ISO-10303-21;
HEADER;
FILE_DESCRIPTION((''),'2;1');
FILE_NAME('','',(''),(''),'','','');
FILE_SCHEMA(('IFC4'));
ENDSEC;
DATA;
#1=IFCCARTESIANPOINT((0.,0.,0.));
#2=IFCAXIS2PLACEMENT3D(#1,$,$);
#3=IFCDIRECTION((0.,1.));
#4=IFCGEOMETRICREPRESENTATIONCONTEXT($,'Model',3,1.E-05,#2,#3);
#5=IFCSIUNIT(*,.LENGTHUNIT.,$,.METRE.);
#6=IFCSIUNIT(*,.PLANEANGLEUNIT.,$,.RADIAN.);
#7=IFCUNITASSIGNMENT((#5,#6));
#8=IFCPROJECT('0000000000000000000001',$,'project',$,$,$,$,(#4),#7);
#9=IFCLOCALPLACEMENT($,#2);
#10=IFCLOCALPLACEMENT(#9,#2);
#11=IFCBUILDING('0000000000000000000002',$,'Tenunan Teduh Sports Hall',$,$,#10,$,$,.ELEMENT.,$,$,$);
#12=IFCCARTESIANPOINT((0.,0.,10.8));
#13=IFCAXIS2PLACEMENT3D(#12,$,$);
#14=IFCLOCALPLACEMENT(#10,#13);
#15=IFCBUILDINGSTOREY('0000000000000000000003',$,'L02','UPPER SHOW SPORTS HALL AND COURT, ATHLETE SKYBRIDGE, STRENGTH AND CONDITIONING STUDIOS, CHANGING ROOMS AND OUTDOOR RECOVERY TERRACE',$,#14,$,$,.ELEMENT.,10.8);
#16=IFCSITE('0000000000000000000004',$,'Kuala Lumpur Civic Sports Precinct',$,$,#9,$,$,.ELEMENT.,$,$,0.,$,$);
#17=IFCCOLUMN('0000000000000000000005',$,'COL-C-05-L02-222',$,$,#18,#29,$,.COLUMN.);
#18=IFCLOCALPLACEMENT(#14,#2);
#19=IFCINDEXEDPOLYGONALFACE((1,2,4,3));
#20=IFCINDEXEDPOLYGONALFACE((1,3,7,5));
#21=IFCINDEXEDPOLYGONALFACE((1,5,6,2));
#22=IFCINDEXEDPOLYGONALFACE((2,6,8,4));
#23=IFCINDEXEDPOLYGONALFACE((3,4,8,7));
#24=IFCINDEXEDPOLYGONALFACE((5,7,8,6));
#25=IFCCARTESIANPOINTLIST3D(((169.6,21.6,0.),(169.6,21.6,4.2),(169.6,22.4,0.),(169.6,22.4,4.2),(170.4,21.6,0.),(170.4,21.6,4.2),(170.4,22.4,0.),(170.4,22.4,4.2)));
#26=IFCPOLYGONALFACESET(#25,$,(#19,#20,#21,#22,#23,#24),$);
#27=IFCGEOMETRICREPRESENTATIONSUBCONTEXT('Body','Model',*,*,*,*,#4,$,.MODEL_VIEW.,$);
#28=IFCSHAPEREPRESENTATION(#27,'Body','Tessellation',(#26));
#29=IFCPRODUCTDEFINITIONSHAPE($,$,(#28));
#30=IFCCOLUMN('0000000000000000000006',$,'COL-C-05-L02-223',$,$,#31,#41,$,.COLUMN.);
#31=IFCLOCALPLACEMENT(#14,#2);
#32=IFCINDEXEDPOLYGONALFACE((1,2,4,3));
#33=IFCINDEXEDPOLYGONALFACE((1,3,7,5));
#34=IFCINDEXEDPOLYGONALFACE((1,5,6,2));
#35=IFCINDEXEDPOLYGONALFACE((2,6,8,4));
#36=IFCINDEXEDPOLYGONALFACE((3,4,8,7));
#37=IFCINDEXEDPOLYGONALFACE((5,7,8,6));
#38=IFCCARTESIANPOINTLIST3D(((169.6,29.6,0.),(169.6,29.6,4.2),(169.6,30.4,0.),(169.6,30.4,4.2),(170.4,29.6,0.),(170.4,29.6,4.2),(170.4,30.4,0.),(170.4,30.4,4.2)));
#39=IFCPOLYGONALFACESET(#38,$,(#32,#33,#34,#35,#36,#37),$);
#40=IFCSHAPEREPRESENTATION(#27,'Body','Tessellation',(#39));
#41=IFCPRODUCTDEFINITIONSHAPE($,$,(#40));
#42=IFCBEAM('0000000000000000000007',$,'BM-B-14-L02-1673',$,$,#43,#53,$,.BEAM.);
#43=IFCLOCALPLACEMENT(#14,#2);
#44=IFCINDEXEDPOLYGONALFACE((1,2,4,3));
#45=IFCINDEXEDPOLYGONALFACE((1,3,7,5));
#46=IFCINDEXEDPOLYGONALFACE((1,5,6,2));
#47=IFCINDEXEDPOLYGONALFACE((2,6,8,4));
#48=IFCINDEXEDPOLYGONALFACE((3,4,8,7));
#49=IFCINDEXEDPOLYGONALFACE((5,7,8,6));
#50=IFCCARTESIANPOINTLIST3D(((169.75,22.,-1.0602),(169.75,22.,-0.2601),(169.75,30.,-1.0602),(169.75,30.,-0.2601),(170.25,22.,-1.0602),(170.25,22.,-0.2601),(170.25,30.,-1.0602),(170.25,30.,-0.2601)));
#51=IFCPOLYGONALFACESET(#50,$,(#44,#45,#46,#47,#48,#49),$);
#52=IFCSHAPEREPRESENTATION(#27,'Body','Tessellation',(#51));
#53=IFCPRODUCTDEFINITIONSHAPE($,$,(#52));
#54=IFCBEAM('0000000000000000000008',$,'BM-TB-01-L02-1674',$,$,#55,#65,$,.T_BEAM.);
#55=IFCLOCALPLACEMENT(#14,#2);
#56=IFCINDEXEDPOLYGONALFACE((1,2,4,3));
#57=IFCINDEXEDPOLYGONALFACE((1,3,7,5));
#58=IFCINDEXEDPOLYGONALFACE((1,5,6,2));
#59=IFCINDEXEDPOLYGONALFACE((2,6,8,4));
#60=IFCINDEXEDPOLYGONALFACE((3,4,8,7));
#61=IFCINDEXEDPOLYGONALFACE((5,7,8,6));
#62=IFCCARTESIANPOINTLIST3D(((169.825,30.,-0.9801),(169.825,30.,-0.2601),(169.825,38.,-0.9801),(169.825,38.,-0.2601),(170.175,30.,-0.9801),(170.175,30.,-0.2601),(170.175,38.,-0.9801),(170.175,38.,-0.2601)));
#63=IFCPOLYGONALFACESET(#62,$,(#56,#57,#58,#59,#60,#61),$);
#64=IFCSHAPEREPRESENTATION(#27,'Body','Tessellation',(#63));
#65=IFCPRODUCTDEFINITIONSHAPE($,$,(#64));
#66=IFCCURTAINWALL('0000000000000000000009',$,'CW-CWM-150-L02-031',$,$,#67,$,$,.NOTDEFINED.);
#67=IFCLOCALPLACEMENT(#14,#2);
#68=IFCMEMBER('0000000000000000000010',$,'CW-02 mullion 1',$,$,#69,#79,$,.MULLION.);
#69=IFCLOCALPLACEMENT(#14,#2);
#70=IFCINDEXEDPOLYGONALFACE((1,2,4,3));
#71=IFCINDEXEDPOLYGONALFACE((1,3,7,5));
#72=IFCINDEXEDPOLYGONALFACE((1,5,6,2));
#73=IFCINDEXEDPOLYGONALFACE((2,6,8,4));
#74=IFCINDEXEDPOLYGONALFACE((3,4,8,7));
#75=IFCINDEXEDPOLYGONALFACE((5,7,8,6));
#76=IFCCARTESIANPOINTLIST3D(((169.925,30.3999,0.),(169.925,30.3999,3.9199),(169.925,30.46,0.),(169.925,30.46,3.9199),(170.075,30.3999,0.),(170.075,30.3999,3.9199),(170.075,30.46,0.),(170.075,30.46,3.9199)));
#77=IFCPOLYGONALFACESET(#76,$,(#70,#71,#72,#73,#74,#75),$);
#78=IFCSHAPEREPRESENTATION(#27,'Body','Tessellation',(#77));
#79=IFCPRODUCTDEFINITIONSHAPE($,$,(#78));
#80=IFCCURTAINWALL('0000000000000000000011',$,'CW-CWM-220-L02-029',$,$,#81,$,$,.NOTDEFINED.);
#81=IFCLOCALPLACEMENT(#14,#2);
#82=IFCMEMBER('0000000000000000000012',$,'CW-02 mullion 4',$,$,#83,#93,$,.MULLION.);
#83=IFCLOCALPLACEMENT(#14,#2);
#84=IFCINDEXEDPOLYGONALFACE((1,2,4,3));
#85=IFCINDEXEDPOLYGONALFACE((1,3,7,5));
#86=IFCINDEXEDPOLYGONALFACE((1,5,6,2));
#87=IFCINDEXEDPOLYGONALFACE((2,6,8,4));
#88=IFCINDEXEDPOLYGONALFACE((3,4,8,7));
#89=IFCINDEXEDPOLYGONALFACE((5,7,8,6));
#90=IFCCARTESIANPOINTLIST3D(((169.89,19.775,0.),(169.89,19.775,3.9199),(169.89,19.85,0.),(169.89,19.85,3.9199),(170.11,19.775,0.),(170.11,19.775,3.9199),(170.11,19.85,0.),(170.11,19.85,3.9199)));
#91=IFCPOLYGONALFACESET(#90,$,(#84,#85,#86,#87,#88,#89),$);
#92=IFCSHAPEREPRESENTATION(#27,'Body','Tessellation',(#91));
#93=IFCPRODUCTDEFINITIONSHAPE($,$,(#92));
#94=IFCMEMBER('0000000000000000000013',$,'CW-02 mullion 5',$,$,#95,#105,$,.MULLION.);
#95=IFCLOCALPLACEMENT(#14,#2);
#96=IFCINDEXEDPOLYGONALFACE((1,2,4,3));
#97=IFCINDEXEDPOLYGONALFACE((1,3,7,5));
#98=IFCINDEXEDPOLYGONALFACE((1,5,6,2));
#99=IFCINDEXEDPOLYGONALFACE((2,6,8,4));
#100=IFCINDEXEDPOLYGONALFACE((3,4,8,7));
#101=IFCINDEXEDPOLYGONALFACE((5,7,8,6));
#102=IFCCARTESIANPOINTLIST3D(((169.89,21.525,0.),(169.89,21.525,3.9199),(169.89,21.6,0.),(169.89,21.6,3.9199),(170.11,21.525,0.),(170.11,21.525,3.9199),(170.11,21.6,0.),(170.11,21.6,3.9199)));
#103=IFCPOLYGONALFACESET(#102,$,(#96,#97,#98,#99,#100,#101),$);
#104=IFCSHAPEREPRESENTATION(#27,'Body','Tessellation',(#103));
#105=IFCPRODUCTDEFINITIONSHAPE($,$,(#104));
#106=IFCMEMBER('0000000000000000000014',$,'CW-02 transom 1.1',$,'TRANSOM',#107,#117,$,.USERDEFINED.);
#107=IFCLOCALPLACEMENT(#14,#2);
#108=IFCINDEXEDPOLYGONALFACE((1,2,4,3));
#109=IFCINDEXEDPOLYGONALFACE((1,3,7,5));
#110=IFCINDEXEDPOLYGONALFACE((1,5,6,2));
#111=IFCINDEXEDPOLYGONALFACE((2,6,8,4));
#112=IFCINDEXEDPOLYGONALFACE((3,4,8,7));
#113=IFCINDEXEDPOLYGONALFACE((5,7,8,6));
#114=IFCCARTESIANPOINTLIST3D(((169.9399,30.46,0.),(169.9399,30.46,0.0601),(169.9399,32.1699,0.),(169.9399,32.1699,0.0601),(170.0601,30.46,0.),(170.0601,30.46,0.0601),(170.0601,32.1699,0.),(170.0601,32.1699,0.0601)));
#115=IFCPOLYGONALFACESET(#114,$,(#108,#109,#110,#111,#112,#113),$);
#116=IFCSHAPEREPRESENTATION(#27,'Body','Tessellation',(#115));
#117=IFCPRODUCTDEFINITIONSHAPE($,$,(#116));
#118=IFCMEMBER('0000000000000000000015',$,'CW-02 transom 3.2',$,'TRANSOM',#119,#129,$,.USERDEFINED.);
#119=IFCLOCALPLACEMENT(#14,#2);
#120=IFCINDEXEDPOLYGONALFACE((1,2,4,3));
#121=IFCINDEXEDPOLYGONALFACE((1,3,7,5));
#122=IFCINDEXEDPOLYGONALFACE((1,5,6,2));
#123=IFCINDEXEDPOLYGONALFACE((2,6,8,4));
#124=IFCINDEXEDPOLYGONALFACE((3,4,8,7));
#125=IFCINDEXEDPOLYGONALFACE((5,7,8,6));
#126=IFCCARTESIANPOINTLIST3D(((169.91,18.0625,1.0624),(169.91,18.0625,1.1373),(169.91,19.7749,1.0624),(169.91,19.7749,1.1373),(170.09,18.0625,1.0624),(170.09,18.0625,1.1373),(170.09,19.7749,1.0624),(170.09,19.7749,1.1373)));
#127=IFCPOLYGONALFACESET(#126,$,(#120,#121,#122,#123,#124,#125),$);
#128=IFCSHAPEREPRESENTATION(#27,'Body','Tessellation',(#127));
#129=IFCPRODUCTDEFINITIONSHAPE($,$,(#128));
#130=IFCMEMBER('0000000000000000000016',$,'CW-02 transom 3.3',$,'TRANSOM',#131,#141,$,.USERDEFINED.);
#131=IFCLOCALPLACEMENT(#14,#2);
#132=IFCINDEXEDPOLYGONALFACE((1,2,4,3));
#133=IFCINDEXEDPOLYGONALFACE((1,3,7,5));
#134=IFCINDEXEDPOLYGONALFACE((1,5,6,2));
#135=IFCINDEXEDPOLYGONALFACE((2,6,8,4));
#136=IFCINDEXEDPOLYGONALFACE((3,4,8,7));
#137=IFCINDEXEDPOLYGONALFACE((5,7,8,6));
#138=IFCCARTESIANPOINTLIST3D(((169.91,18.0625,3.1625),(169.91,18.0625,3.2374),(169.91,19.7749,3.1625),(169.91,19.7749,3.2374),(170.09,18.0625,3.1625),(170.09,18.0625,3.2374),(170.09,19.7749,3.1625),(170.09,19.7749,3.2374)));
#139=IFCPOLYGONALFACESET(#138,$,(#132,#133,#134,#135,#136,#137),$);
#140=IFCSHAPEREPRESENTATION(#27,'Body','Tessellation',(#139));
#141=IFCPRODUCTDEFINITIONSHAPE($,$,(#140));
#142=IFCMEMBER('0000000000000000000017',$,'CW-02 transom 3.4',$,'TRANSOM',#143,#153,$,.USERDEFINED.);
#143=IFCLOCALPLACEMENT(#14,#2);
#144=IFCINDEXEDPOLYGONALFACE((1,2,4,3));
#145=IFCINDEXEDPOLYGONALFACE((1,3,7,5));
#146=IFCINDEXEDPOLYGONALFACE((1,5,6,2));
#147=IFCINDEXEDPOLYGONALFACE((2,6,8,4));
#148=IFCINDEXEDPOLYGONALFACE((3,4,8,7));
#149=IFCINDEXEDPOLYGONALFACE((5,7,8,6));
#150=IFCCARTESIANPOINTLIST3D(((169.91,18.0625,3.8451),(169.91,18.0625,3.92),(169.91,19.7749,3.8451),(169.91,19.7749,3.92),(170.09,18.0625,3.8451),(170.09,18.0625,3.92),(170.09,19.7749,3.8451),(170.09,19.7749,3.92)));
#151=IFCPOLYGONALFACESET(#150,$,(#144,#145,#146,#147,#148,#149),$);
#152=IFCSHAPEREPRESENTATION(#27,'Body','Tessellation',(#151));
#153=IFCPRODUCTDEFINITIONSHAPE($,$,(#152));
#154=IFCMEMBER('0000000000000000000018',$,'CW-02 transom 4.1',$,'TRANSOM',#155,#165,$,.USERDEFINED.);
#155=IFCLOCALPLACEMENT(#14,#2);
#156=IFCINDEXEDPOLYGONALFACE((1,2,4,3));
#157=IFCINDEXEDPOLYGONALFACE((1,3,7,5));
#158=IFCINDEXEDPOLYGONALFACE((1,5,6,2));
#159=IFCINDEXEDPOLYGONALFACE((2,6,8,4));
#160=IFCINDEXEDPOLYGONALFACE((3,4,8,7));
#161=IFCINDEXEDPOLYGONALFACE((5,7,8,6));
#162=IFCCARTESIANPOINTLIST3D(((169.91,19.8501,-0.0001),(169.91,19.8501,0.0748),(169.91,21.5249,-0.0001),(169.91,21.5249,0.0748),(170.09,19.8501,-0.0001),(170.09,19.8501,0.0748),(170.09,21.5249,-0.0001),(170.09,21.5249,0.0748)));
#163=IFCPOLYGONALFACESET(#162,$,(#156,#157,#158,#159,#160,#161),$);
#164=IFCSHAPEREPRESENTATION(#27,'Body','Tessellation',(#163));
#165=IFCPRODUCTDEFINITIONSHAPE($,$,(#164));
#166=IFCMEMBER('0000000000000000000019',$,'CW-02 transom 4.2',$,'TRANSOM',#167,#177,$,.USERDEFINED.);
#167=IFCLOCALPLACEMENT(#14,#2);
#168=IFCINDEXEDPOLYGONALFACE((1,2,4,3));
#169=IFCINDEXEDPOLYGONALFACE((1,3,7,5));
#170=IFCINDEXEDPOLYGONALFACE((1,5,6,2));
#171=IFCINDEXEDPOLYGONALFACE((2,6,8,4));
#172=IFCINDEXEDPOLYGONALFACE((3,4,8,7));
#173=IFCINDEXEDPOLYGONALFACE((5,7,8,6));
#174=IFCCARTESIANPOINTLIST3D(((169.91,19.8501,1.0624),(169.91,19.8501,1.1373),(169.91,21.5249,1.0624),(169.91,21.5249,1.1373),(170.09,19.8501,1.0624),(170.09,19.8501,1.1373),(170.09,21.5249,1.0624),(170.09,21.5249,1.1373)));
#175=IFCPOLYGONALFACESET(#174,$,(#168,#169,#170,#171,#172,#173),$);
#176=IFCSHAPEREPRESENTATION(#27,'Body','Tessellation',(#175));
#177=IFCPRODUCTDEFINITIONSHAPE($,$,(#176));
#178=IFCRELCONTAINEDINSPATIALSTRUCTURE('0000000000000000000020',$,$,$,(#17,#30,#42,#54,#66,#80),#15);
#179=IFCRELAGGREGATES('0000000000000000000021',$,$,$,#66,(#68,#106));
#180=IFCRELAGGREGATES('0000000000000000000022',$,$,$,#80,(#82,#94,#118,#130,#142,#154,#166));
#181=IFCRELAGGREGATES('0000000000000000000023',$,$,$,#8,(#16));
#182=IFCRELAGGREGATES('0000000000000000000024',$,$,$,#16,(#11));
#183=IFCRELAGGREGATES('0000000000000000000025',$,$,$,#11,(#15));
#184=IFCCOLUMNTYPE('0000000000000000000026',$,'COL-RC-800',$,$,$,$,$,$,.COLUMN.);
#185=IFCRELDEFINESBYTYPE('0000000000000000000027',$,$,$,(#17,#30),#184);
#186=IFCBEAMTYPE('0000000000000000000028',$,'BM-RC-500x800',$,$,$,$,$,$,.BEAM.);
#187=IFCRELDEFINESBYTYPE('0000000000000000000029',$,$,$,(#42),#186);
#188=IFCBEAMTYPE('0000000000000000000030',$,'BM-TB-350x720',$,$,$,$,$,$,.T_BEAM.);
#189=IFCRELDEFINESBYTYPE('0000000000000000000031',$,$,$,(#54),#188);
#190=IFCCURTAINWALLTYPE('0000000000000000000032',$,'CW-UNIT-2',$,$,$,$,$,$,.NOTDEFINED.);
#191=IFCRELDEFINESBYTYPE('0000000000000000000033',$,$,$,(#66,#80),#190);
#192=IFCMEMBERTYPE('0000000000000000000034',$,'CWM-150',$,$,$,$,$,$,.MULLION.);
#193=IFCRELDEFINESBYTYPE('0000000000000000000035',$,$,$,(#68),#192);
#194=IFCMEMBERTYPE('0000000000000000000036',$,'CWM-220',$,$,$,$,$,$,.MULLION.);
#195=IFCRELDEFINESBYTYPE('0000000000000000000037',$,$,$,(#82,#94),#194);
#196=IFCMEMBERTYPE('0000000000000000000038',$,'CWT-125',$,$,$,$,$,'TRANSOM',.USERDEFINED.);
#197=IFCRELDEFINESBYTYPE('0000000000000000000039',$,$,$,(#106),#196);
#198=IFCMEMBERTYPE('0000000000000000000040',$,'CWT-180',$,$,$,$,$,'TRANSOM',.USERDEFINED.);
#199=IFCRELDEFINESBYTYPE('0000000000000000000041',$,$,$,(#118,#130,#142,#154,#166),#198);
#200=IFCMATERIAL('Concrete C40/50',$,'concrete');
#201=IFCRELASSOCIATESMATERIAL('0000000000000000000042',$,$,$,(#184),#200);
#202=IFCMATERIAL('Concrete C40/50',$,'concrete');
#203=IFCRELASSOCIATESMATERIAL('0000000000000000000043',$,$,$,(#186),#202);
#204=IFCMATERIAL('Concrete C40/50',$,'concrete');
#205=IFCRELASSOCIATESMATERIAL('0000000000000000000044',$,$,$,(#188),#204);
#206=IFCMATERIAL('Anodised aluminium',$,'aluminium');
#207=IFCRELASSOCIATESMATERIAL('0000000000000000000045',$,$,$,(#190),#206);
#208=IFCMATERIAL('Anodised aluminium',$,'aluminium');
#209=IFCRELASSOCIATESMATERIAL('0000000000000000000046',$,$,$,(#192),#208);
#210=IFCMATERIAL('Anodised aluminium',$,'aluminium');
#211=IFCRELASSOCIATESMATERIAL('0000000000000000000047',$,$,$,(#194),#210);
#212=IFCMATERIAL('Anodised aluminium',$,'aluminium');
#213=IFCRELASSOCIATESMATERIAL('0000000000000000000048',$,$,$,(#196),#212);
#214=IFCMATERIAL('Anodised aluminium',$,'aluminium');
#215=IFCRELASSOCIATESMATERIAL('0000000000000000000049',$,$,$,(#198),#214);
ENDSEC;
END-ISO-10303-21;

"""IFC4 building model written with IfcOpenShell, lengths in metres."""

from ifc_helpers import new_model, si_unit, direction, frame, origin, origin_2d, place, context, subcontext, project, spatial, rectangle, extrude, material, material_profile, profile_set, type_object, element, aggregate, save


model = new_model("IFC4")

# Units and contexts
model_context = context("Model", 3, precision=1e-05, world=origin(), true_north=direction((0.0, 1.0)))
body_context = subcontext(model_context, "Body", "Model", "MODEL_VIEW")
ifc_project = project(units=[si_unit("LENGTHUNIT", "METRE"), si_unit("PLANEANGLEUNIT", "RADIAN")], contexts=[model_context])

# Site, building, storey
site_placement = place(None, origin())
site = spatial("IfcSite", under=ifc_project, at=site_placement, Name="Kuala Lumpur Civic Sports Precinct", CompositionType="ELEMENT", RefElevation=0.0)
building_placement = place(site_placement, origin())
building = spatial("IfcBuilding", under=site, at=building_placement, Name="Tenunan Teduh Sports Hall", CompositionType="ELEMENT")
storey_placement = place(building_placement, frame((0.0, 0.0, 10.8)))
storey = spatial("IfcBuildingStorey", under=building, at=storey_placement, Name="L02", Description="UPPER SHOW SPORTS HALL AND COURT, ATHLETE SKYBRIDGE, STRENGTH AND CONDITIONING STUDIOS, CHANGING ROOMS AND OUTDOOR RECOVERY TERRACE", CompositionType="ELEMENT", Elevation=10.8)

# Columns
ifc_material_1 = material(Name="Concrete C40/50", Category="concrete")
ifc_material_profile_1 = material_profile(ifc_material_1, rectangle(XDim=0.8, YDim=0.8, at=origin_2d()), Name="RC 800x800")
ifc_profile_set_1 = profile_set([ifc_material_profile_1], Name="Concrete C40/50")
column_type = type_object("IfcColumnType", Name="COL-RC-800", PredefinedType="COLUMN", material=ifc_profile_set_1)
for number, where, z_axis, x_axis, name in (
    (1, (170.0, 22.0, 0.0), (0.0, 0.0, 1.0), (1.0, 0.0, 0.0), "COL-C-05-L02-222"),
    (2, (170.0, 30.0, 0.0), (0.0, 0.0, 1.0), (1.0, 0.0, 0.0), "COL-C-05-L02-223"),
):
    element("IfcColumn", number, at=place(storey_placement, frame(where, z_axis=z_axis, x_axis=x_axis)), inside=storey, type_object=column_type, Name=name, PredefinedType="COLUMN", context=body_context, shape_type="SweptSolid", body=[
        extrude(rectangle(XDim=0.8, YDim=0.8, at=origin_2d()), origin(), (0.0, 0.0, 1.0), 4.2),
    ])

# Beams
ifc_material_2 = material(Name="Concrete C40/50", Category="concrete")
ifc_material_profile_2 = material_profile(ifc_material_2, rectangle(XDim=0.5, YDim=0.8, at=origin_2d()), Name="RCB 500x800")
ifc_profile_set_2 = profile_set([ifc_material_profile_2], Name="Concrete C40/50")
beam_type_1 = type_object("IfcBeamType", Name="BM-RC-500x800", PredefinedType="BEAM", material=ifc_profile_set_2)
beam_1_placement = place(storey_placement, frame((170.0, 22.0, -0.6602), z_axis=(0.0, 1.0, 0.0), x_axis=(-1.0, 0.0, 0.0)))
element("IfcBeam", 3, at=beam_1_placement, inside=storey, type_object=beam_type_1, Name="BM-B-14-L02-1673", PredefinedType="BEAM", context=body_context, shape_type="SweptSolid", body=[
    extrude(rectangle(XDim=0.5, YDim=0.8, at=origin_2d()), origin(), (0.0, 0.0, 1.0), 8.0),
])
ifc_material_3 = material(Name="Concrete C40/50", Category="concrete")
ifc_material_profile_3 = material_profile(ifc_material_3, rectangle(XDim=0.3501, YDim=0.72, at=origin_2d()), Name="TB 350x720")
ifc_profile_set_3 = profile_set([ifc_material_profile_3], Name="Concrete C40/50")
beam_type_2 = type_object("IfcBeamType", Name="BM-TB-350x720", PredefinedType="T_BEAM", material=ifc_profile_set_3)
beam_2_placement = place(storey_placement, frame((170.0, 30.0, -0.6201), z_axis=(0.0, 1.0, 0.0), x_axis=(-1.0, 0.0, 0.0)))
element("IfcBeam", 4, at=beam_2_placement, inside=storey, type_object=beam_type_2, Name="BM-TB-01-L02-1674", PredefinedType="T_BEAM", context=body_context, shape_type="SweptSolid", body=[
    extrude(rectangle(XDim=0.3501, YDim=0.72, at=origin_2d()), origin(), (0.0, 0.0, 1.0), 8.0),
])

# Curtain wall, member
ifc_material_4 = material(Name="Anodised aluminium", Category="aluminium")
curtain_wall_type = type_object("IfcCurtainWallType", Name="CW-UNIT-2", PredefinedType="NOTDEFINED", material=ifc_material_4)
curtain_wall_1_placement = place(storey_placement, origin())
curtain_wall_1 = element("IfcCurtainWall", 5, at=curtain_wall_1_placement, inside=storey, type_object=curtain_wall_type, Name="CW-CWM-150-L02-031", PredefinedType="NOTDEFINED")
ifc_material_5 = material(Name="Anodised aluminium", Category="aluminium")
ifc_material_profile_4 = material_profile(ifc_material_5, rectangle(XDim=0.0601, YDim=0.1499, at=origin_2d()), Name="CWM 60x150")
ifc_profile_set_4 = profile_set([ifc_material_profile_4], Name="Anodised aluminium")
member_type_1 = type_object("IfcMemberType", Name="CWM-150", PredefinedType="MULLION", material=ifc_profile_set_4)
member_1_placement = place(storey_placement, frame((170.0, 30.4299, 0.0), z_axis=(0.0, 0.0, 1.0), x_axis=(0.0, 1.0, 0.0)))
member_1 = element("IfcMember", 6, at=member_1_placement, type_object=member_type_1, Name="CW-02 mullion 1", PredefinedType="MULLION", context=body_context, shape_type="SweptSolid", body=[
    extrude(rectangle(XDim=0.0601, YDim=0.1499, at=origin_2d()), origin(), (0.0, 0.0, 1.0), 3.9199),
])

# Curtain wall, members
curtain_wall_2_placement = place(storey_placement, origin())
curtain_wall_2 = element("IfcCurtainWall", 7, at=curtain_wall_2_placement, inside=storey, type_object=curtain_wall_type, Name="CW-CWM-220-L02-029", PredefinedType="NOTDEFINED")
ifc_material_6 = material(Name="Anodised aluminium", Category="aluminium")
ifc_material_profile_5 = material_profile(ifc_material_6, rectangle(XDim=0.075, YDim=0.22, at=origin_2d()), Name="CWM 75x220")
ifc_profile_set_5 = profile_set([ifc_material_profile_5], Name="Anodised aluminium")
member_type_2 = type_object("IfcMemberType", Name="CWM-220", PredefinedType="MULLION", material=ifc_profile_set_5)
member_2_placement = place(storey_placement, frame((170.0, 19.8125, 0.0), z_axis=(0.0, 0.0, 1.0), x_axis=(0.0, 1.0, 0.0)))
member_2 = element("IfcMember", 8, at=member_2_placement, type_object=member_type_2, Name="CW-02 mullion 4", PredefinedType="MULLION", context=body_context, shape_type="SweptSolid", body=[
    extrude(rectangle(XDim=0.075, YDim=0.22, at=origin_2d()), origin(), (0.0, 0.0, 1.0), 3.9199),
])
member_3_placement = place(storey_placement, frame((170.0, 21.5625, 0.0), z_axis=(0.0, 0.0, 1.0), x_axis=(0.0, 1.0, 0.0)))
member_3 = element("IfcMember", 9, at=member_3_placement, type_object=member_type_2, Name="CW-02 mullion 5", PredefinedType="MULLION", context=body_context, shape_type="SweptSolid", body=[
    extrude(rectangle(XDim=0.075, YDim=0.22, at=origin_2d()), origin(), (0.0, 0.0, 1.0), 3.9199),
])

# Members
ifc_material_7 = material(Name="Anodised aluminium", Category="aluminium")
ifc_material_profile_6 = material_profile(ifc_material_7, rectangle(XDim=0.0601, YDim=0.1201, at=origin_2d()), Name="CWT 60x120")
ifc_profile_set_6 = profile_set([ifc_material_profile_6], Name="Anodised aluminium")
member_type_3 = type_object("IfcMemberType", Name="CWT-125", ElementType="TRANSOM", PredefinedType="USERDEFINED", material=ifc_profile_set_6)
member_4_placement = place(storey_placement, frame((170.0, 30.46, 0.03), z_axis=(0.0, 1.0, 0.0), x_axis=(0.0, 0.0, 1.0)))
member_4 = element("IfcMember", 10, at=member_4_placement, type_object=member_type_3, Name="CW-02 transom 1.1", ObjectType="TRANSOM", PredefinedType="USERDEFINED", context=body_context, shape_type="SweptSolid", body=[
    extrude(rectangle(XDim=0.0601, YDim=0.1201, at=origin_2d()), origin(), (0.0, 0.0, 1.0), 1.71),
])
aggregate(curtain_wall_1, [member_1, member_4])
ifc_material_8 = material(Name="Anodised aluminium", Category="aluminium")
ifc_material_profile_7 = material_profile(ifc_material_8, rectangle(XDim=0.075, YDim=0.1799, at=origin_2d()), Name="CWT 75x180")
ifc_profile_set_7 = profile_set([ifc_material_profile_7], Name="Anodised aluminium")
member_type_4 = type_object("IfcMemberType", Name="CWT-180", ElementType="TRANSOM", PredefinedType="USERDEFINED", material=ifc_profile_set_7)
member_5_placement = place(storey_placement, frame((170.0, 18.0625, 1.0999), z_axis=(0.0, 1.0, 0.0), x_axis=(0.0, 0.0, 1.0)))
member_5 = element("IfcMember", 11, at=member_5_placement, type_object=member_type_4, Name="CW-02 transom 3.2", ObjectType="TRANSOM", PredefinedType="USERDEFINED", context=body_context, shape_type="SweptSolid", body=[
    extrude(rectangle(XDim=0.075, YDim=0.1799, at=origin_2d()), origin(), (0.0, 0.0, 1.0), 1.7124),
])
member_6_placement = place(storey_placement, frame((170.0, 18.0625, 3.2), z_axis=(0.0, 1.0, 0.0), x_axis=(0.0, 0.0, 1.0)))
member_6 = element("IfcMember", 12, at=member_6_placement, type_object=member_type_4, Name="CW-02 transom 3.3", ObjectType="TRANSOM", PredefinedType="USERDEFINED", context=body_context, shape_type="SweptSolid", body=[
    extrude(rectangle(XDim=0.075, YDim=0.1799, at=origin_2d()), origin(), (0.0, 0.0, 1.0), 1.7124),
])
member_7_placement = place(storey_placement, frame((170.0, 18.0625, 3.8826), z_axis=(0.0, 1.0, 0.0), x_axis=(0.0, 0.0, 1.0)))
member_7 = element("IfcMember", 13, at=member_7_placement, type_object=member_type_4, Name="CW-02 transom 3.4", ObjectType="TRANSOM", PredefinedType="USERDEFINED", context=body_context, shape_type="SweptSolid", body=[
    extrude(rectangle(XDim=0.075, YDim=0.1799, at=origin_2d()), origin(), (0.0, 0.0, 1.0), 1.7124),
])
member_8_placement = place(storey_placement, frame((170.0, 19.8501, 0.0374), z_axis=(0.0, 1.0, 0.0), x_axis=(0.0, 0.0, 1.0)))
member_8 = element("IfcMember", 14, at=member_8_placement, type_object=member_type_4, Name="CW-02 transom 4.1", ObjectType="TRANSOM", PredefinedType="USERDEFINED", context=body_context, shape_type="SweptSolid", body=[
    extrude(rectangle(XDim=0.075, YDim=0.1799, at=origin_2d()), origin(), (0.0, 0.0, 1.0), 1.6748),
])
member_9_placement = place(storey_placement, frame((170.0, 19.8501, 1.0999), z_axis=(0.0, 1.0, 0.0), x_axis=(0.0, 0.0, 1.0)))
member_9 = element("IfcMember", 15, at=member_9_placement, type_object=member_type_4, Name="CW-02 transom 4.2", ObjectType="TRANSOM", PredefinedType="USERDEFINED", context=body_context, shape_type="SweptSolid", body=[
    extrude(rectangle(XDim=0.075, YDim=0.1799, at=origin_2d()), origin(), (0.0, 0.0, 1.0), 1.6748),
])

aggregate(curtain_wall_2, [member_2, member_3, member_5, member_6, member_7, member_8, member_9])

save(model, "model.ifc")
